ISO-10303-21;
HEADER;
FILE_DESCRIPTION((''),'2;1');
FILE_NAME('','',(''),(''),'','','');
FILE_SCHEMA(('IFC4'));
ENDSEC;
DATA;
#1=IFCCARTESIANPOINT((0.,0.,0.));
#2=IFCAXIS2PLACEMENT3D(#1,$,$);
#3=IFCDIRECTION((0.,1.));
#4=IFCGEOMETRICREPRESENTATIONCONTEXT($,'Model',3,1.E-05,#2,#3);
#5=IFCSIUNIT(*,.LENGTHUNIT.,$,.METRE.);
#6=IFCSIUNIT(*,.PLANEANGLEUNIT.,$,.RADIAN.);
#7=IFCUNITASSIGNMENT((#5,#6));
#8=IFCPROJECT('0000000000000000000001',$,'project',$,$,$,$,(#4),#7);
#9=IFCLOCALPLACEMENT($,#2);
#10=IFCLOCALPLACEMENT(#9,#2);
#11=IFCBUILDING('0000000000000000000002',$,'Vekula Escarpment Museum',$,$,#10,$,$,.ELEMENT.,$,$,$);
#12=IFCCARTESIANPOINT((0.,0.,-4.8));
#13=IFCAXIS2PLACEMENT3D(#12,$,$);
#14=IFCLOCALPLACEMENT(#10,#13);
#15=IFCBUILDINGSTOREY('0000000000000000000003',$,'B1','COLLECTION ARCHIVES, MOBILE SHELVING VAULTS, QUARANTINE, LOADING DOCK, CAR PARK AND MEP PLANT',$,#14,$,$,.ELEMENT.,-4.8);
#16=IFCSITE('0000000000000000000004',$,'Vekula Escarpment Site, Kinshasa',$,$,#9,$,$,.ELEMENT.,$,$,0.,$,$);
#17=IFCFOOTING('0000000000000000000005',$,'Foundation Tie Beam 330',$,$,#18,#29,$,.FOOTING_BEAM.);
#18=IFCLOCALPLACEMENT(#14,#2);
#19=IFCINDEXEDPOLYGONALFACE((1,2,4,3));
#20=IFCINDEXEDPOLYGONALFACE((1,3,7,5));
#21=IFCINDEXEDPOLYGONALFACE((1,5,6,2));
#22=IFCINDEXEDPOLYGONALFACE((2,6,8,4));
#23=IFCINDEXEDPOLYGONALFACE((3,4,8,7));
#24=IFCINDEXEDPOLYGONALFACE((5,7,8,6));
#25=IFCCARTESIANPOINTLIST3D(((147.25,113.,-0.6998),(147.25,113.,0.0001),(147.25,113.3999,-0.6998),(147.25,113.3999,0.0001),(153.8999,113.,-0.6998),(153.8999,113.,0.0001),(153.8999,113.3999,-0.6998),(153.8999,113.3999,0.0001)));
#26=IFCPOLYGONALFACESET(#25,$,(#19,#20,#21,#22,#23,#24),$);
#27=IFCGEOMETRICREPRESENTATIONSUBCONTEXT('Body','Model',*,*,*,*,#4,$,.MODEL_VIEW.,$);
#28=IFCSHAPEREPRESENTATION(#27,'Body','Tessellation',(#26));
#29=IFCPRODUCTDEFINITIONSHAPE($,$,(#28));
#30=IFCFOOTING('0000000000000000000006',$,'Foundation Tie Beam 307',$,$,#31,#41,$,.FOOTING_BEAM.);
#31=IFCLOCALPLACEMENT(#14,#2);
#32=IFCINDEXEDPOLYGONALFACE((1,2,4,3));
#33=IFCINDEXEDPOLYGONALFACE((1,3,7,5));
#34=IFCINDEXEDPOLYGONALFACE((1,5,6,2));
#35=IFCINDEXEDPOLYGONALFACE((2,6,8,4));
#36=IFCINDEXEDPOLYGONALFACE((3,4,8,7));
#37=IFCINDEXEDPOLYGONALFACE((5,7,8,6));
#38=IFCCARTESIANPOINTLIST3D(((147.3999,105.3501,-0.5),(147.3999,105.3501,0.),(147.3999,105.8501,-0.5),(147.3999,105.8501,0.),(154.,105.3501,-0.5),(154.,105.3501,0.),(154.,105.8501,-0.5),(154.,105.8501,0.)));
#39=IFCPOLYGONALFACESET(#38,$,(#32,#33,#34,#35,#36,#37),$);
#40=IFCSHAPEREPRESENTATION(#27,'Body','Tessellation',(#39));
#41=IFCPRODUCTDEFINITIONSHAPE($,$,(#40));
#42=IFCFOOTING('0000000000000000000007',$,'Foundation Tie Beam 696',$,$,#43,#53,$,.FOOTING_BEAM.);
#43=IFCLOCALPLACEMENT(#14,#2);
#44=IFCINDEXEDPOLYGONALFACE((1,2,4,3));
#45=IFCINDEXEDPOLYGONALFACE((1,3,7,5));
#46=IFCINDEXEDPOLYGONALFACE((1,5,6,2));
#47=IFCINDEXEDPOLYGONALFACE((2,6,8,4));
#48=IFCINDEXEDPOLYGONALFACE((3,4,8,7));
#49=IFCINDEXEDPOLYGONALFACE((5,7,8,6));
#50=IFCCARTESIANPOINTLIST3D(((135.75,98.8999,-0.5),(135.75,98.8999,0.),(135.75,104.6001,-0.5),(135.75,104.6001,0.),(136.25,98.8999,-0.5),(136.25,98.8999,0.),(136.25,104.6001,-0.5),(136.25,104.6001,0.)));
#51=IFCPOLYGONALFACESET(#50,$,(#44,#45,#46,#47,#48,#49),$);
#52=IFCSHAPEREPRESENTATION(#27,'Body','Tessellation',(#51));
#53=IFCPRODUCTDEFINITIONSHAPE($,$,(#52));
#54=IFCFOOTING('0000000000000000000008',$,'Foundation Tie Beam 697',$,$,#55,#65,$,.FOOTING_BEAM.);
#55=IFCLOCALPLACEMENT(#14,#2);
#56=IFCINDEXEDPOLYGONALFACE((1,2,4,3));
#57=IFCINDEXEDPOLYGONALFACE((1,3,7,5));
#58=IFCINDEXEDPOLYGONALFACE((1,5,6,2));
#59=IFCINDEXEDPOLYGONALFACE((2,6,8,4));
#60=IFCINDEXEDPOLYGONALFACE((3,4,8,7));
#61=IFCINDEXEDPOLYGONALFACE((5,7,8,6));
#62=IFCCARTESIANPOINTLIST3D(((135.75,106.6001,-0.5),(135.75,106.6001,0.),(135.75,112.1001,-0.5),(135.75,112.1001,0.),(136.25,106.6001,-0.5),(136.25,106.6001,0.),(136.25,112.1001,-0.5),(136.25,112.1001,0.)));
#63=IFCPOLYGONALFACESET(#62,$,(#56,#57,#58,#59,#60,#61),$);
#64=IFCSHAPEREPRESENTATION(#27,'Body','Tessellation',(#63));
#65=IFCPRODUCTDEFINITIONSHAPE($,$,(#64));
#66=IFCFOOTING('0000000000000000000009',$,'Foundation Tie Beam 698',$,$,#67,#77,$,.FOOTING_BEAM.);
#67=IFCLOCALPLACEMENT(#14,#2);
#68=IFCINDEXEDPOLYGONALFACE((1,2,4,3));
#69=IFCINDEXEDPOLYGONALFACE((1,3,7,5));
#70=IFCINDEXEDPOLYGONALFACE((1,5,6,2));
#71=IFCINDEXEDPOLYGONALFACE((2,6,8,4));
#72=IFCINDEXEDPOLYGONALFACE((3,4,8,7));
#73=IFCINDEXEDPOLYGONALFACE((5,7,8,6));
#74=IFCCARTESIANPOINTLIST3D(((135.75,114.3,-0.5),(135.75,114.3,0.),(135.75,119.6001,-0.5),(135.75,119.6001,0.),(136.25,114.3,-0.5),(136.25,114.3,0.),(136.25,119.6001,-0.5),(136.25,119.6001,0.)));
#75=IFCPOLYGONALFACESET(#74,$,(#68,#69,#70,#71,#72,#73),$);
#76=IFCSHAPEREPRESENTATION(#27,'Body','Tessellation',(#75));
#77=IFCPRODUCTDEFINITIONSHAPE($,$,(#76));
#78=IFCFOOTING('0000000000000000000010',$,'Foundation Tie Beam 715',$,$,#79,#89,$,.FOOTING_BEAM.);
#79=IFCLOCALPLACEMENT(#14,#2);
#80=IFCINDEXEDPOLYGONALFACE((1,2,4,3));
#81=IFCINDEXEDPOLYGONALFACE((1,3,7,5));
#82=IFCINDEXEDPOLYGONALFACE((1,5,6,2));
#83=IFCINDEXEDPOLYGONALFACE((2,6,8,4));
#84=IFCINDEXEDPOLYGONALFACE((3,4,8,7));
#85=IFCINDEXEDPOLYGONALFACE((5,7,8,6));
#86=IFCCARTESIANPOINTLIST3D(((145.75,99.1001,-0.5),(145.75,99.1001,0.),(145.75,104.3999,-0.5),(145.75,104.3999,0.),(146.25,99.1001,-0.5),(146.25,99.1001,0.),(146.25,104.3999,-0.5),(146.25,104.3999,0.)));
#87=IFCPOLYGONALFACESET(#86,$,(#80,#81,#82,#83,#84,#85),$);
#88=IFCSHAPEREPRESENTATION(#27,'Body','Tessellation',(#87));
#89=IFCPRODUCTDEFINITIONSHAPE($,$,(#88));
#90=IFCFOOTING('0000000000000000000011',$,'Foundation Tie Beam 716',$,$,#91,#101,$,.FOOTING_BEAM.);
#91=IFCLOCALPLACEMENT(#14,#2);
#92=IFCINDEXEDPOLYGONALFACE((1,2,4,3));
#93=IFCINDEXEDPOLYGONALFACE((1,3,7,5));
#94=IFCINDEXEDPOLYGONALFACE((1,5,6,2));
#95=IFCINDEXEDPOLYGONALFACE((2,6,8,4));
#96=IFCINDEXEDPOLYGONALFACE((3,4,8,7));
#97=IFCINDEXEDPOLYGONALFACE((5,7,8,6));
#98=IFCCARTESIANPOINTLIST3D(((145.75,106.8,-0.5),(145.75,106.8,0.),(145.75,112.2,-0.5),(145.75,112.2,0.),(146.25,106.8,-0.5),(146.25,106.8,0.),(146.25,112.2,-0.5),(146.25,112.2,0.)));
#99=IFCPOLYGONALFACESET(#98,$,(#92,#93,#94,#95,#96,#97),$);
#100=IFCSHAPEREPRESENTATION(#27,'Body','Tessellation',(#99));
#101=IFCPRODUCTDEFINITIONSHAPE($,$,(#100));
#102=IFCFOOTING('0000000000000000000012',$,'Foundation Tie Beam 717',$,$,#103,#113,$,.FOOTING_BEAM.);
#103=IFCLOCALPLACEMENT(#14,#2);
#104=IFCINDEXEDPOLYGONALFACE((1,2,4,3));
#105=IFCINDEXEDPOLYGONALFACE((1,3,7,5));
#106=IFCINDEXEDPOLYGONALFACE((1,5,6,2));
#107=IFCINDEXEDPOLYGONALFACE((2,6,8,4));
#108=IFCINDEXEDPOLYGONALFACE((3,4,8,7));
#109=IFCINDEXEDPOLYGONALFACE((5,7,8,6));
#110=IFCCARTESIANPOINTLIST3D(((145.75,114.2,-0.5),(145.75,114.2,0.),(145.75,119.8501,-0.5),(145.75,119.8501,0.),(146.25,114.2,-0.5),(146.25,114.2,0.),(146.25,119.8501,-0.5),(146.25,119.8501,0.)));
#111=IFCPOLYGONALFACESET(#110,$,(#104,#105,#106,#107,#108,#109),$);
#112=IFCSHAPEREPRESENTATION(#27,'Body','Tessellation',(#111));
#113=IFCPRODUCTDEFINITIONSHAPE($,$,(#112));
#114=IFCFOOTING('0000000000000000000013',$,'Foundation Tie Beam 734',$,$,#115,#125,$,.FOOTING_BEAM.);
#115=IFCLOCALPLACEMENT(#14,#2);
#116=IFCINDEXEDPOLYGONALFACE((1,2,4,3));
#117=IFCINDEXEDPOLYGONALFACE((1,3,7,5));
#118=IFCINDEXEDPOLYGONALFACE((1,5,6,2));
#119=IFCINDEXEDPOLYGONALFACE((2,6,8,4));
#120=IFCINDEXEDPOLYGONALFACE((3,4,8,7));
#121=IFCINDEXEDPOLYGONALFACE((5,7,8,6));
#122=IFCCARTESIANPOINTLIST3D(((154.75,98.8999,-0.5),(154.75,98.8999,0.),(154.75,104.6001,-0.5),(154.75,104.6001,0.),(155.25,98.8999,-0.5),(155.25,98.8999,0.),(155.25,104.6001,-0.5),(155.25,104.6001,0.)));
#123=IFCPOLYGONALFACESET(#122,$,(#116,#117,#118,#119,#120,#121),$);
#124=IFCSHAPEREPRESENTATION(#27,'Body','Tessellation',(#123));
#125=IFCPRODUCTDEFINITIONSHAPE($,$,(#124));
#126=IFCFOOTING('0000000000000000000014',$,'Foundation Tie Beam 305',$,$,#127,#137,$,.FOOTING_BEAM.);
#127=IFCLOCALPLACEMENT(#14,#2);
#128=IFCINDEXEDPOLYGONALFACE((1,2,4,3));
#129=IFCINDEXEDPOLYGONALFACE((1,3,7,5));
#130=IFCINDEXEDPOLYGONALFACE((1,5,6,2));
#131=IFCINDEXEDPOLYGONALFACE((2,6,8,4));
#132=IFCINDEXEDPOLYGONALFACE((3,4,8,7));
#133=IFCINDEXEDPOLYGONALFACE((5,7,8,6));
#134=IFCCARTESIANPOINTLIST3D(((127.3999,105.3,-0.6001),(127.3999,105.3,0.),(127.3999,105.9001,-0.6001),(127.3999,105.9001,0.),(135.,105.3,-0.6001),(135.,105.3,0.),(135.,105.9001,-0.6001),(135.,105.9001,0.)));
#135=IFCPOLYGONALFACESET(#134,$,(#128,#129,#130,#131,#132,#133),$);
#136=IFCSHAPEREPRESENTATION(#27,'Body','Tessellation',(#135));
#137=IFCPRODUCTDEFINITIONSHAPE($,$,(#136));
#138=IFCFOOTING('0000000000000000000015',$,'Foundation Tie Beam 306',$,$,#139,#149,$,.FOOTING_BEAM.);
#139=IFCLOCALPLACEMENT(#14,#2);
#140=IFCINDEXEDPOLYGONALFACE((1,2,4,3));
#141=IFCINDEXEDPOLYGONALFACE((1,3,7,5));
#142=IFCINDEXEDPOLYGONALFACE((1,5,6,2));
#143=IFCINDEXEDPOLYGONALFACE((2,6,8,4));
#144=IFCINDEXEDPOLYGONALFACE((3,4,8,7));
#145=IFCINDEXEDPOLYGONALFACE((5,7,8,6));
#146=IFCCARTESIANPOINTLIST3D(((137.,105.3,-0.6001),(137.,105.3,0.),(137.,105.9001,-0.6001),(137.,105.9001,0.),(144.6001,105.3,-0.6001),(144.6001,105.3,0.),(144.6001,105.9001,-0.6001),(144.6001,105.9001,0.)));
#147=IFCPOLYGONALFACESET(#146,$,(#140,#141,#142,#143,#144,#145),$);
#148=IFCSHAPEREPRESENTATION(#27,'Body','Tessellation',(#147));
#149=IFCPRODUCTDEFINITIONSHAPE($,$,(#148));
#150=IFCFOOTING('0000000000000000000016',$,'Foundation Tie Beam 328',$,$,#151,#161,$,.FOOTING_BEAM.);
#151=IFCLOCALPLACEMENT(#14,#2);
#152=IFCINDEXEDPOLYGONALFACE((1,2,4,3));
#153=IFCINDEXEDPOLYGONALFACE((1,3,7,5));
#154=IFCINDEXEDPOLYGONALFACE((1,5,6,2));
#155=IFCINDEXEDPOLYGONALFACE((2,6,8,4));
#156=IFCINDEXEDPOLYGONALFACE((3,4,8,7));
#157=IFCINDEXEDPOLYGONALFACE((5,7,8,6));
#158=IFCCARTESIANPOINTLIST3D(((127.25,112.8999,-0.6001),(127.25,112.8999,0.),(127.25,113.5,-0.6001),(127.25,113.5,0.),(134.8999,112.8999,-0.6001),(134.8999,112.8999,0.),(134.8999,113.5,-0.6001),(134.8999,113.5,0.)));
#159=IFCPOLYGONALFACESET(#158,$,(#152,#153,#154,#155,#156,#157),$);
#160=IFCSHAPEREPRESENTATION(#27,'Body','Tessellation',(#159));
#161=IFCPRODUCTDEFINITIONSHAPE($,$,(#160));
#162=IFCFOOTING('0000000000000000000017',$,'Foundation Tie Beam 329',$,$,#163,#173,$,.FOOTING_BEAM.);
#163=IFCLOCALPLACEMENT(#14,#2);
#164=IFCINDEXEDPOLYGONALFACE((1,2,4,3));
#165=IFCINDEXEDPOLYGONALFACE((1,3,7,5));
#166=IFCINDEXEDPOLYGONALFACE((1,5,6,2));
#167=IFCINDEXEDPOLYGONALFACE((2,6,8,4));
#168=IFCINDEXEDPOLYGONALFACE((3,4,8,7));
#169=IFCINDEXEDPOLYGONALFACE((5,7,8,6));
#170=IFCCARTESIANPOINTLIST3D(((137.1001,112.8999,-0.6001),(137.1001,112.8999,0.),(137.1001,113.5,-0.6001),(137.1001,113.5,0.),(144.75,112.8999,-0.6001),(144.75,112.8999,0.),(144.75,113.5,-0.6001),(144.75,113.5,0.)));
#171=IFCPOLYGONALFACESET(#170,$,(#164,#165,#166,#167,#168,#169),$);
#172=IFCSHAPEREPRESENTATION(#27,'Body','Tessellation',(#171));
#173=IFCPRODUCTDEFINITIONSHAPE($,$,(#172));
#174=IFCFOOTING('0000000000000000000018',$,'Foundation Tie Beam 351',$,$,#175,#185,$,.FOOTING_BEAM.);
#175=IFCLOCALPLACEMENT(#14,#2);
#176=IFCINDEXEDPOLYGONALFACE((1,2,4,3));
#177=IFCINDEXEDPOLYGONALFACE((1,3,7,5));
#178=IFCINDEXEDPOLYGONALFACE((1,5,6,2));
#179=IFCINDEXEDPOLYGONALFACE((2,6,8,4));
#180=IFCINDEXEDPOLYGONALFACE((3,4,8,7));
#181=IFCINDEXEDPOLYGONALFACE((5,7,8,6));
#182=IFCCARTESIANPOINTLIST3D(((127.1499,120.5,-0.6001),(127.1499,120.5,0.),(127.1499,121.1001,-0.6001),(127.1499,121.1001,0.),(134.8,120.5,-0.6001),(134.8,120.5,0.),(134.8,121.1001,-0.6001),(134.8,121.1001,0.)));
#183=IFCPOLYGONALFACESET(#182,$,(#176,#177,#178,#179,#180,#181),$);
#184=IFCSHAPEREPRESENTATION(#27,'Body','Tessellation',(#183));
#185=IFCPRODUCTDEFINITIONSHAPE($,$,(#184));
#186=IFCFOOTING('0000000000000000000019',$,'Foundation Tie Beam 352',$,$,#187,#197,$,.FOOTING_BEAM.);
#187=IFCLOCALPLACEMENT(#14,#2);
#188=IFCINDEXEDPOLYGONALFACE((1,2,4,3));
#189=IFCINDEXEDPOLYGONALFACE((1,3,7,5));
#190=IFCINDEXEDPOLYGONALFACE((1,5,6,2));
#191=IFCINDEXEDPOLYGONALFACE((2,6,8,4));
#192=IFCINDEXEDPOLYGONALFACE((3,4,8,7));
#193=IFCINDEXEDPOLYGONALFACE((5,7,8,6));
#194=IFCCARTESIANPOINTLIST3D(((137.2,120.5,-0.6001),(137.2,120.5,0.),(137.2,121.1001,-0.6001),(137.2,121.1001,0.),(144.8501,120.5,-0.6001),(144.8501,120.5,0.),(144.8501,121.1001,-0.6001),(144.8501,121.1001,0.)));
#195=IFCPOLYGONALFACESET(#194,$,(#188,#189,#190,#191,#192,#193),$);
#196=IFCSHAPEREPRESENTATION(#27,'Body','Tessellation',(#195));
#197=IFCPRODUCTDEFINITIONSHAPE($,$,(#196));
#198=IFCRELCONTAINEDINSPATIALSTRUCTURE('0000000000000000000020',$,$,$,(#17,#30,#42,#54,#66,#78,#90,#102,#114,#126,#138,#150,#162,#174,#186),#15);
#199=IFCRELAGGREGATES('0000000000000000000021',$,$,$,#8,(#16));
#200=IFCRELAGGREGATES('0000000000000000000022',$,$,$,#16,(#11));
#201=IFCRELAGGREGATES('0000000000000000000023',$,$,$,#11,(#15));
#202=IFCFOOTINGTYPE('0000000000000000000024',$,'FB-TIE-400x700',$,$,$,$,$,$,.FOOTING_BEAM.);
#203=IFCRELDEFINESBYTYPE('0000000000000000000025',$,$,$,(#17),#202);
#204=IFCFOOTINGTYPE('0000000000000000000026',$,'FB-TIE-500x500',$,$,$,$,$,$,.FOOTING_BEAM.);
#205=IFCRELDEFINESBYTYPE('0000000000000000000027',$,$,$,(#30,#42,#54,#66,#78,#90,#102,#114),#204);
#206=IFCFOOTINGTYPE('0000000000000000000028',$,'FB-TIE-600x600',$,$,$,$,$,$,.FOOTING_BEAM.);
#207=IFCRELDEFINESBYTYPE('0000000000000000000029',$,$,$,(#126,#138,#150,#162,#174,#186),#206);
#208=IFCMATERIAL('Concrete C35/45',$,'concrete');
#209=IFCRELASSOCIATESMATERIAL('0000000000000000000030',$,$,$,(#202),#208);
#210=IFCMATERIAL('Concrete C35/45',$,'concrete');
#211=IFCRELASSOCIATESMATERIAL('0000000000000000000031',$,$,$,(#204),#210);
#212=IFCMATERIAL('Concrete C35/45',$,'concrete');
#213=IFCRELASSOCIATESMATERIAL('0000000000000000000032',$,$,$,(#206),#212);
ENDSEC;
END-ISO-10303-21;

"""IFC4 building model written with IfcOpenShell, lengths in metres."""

from ifc_helpers import new_model, si_unit, direction, frame, origin, origin_2d, place, context, subcontext, project, spatial, rectangle, extrude, material, material_profile, profile_set, type_object, element, save


model = new_model("IFC4")

# Units and contexts
model_context = context("Model", 3, precision=1e-05, world=origin(), true_north=direction((0.0, 1.0)))
body_context = subcontext(model_context, "Body", "Model", "MODEL_VIEW")
ifc_project = project(units=[si_unit("LENGTHUNIT", "METRE"), si_unit("PLANEANGLEUNIT", "RADIAN")], contexts=[model_context])

# Site, building, storey
site_placement = place(None, origin())
site = spatial("IfcSite", under=ifc_project, at=site_placement, Name="Vekula Escarpment Site, Kinshasa", CompositionType="ELEMENT", RefElevation=0.0)
building_placement = place(site_placement, origin())
building = spatial("IfcBuilding", under=site, at=building_placement, Name="Vekula Escarpment Museum", CompositionType="ELEMENT")
storey_placement = place(building_placement, frame((0.0, 0.0, -4.8)))
storey = spatial("IfcBuildingStorey", under=building, at=storey_placement, Name="B1", Description="COLLECTION ARCHIVES, MOBILE SHELVING VAULTS, QUARANTINE, LOADING DOCK, CAR PARK AND MEP PLANT", CompositionType="ELEMENT", Elevation=-4.8)

# Footings
ifc_material_1 = material(Name="Concrete C35/45", Category="concrete")
ifc_material_profile_1 = material_profile(ifc_material_1, rectangle(XDim=0.3999, YDim=0.7, at=origin_2d()), Name="RC 400x700")
ifc_profile_set_1 = profile_set([ifc_material_profile_1], Name="Concrete C35/45")
footing_type_1 = type_object("IfcFootingType", Name="FB-TIE-400x700", PredefinedType="FOOTING_BEAM", material=ifc_profile_set_1)
footing_1_placement = place(storey_placement, frame((147.25, 113.2, -0.3499), z_axis=(1.0, 0.0, 0.0), x_axis=(0.0, 1.0, 0.0)))
element("IfcFooting", 1, at=footing_1_placement, inside=storey, type_object=footing_type_1, Name="Foundation Tie Beam 330", PredefinedType="FOOTING_BEAM", context=body_context, shape_type="SweptSolid", body=[
    extrude(rectangle(XDim=0.3999, YDim=0.7, at=origin_2d()), origin(), (0.0, 0.0, 1.0), 6.6499),
])
ifc_material_2 = material(Name="Concrete C35/45", Category="concrete")
ifc_material_profile_2 = material_profile(ifc_material_2, rectangle(XDim=0.5, YDim=0.5, at=origin_2d()), Name="RC 500x500")
ifc_profile_set_2 = profile_set([ifc_material_profile_2], Name="Concrete C35/45")
footing_type_2 = type_object("IfcFootingType", Name="FB-TIE-500x500", PredefinedType="FOOTING_BEAM", material=ifc_profile_set_2)
footing_2_placement = place(storey_placement, frame((147.3999, 105.6001, -0.25), z_axis=(1.0, 0.0, 0.0), x_axis=(0.0, 1.0, 0.0)))
element("IfcFooting", 2, at=footing_2_placement, inside=storey, type_object=footing_type_2, Name="Foundation Tie Beam 307", PredefinedType="FOOTING_BEAM", context=body_context, shape_type="SweptSolid", body=[
    extrude(rectangle(XDim=0.5, YDim=0.5, at=origin_2d()), origin(), (0.0, 0.0, 1.0), 6.6001),
])
footing_3_placement = place(storey_placement, frame((136.0, 98.8999, -0.25), z_axis=(0.0, 1.0, 0.0), x_axis=(-1.0, 0.0, 0.0)))
element("IfcFooting", 3, at=footing_3_placement, inside=storey, type_object=footing_type_2, Name="Foundation Tie Beam 696", PredefinedType="FOOTING_BEAM", context=body_context, shape_type="SweptSolid", body=[
    extrude(rectangle(XDim=0.5, YDim=0.5, at=origin_2d()), origin(), (0.0, 0.0, 1.0), 5.7002),
])
footing_4_placement = place(storey_placement, frame((136.0, 106.6001, -0.25), z_axis=(0.0, 1.0, 0.0), x_axis=(-1.0, 0.0, 0.0)))
element("IfcFooting", 4, at=footing_4_placement, inside=storey, type_object=footing_type_2, Name="Foundation Tie Beam 697", PredefinedType="FOOTING_BEAM", context=body_context, shape_type="SweptSolid", body=[
    extrude(rectangle(XDim=0.5, YDim=0.5, at=origin_2d()), origin(), (0.0, 0.0, 1.0), 5.5),
])
footing_5_placement = place(storey_placement, frame((136.0, 114.3, -0.25), z_axis=(0.0, 1.0, 0.0), x_axis=(-1.0, 0.0, 0.0)))
element("IfcFooting", 5, at=footing_5_placement, inside=storey, type_object=footing_type_2, Name="Foundation Tie Beam 698", PredefinedType="FOOTING_BEAM", context=body_context, shape_type="SweptSolid", body=[
    extrude(rectangle(XDim=0.5, YDim=0.5, at=origin_2d()), origin(), (0.0, 0.0, 1.0), 5.3),
])
footing_6_placement = place(storey_placement, frame((146.0, 99.1001, -0.25), z_axis=(0.0, 1.0, 0.0), x_axis=(-1.0, 0.0, 0.0)))
element("IfcFooting", 6, at=footing_6_placement, inside=storey, type_object=footing_type_2, Name="Foundation Tie Beam 715", PredefinedType="FOOTING_BEAM", context=body_context, shape_type="SweptSolid", body=[
    extrude(rectangle(XDim=0.5, YDim=0.5, at=origin_2d()), origin(), (0.0, 0.0, 1.0), 5.2998),
])
footing_7_placement = place(storey_placement, frame((146.0, 106.8, -0.25), z_axis=(0.0, 1.0, 0.0), x_axis=(-1.0, 0.0, 0.0)))
element("IfcFooting", 7, at=footing_7_placement, inside=storey, type_object=footing_type_2, Name="Foundation Tie Beam 716", PredefinedType="FOOTING_BEAM", context=body_context, shape_type="SweptSolid", body=[
    extrude(rectangle(XDim=0.5, YDim=0.5, at=origin_2d()), origin(), (0.0, 0.0, 1.0), 5.3999),
])
footing_8_placement = place(storey_placement, frame((146.0, 114.2, -0.25), z_axis=(0.0, 1.0, 0.0), x_axis=(-1.0, 0.0, 0.0)))
element("IfcFooting", 8, at=footing_8_placement, inside=storey, type_object=footing_type_2, Name="Foundation Tie Beam 717", PredefinedType="FOOTING_BEAM", context=body_context, shape_type="SweptSolid", body=[
    extrude(rectangle(XDim=0.5, YDim=0.5, at=origin_2d()), origin(), (0.0, 0.0, 1.0), 5.6501),
])
footing_9_placement = place(storey_placement, frame((155.0, 98.8999, -0.25), z_axis=(0.0, 1.0, 0.0), x_axis=(-1.0, 0.0, 0.0)))
element("IfcFooting", 9, at=footing_9_placement, inside=storey, type_object=footing_type_2, Name="Foundation Tie Beam 734", PredefinedType="FOOTING_BEAM", context=body_context, shape_type="SweptSolid", body=[
    extrude(rectangle(XDim=0.5, YDim=0.5, at=origin_2d()), origin(), (0.0, 0.0, 1.0), 5.7002),
])
ifc_material_3 = material(Name="Concrete C35/45", Category="concrete")
ifc_material_profile_3 = material_profile(ifc_material_3, rectangle(XDim=0.6001, YDim=0.6001, at=origin_2d()), Name="RC 600x600")
ifc_profile_set_3 = profile_set([ifc_material_profile_3], Name="Concrete C35/45")
footing_type_3 = type_object("IfcFootingType", Name="FB-TIE-600x600", PredefinedType="FOOTING_BEAM", material=ifc_profile_set_3)
for number, where, z_axis, x_axis, name in (
    (10, (127.3999, 105.6001, -0.3), (1.0, 0.0, 0.0), (0.0, 1.0, 0.0), "Foundation Tie Beam 305"),
    (11, (137.0, 105.6001, -0.3), (1.0, 0.0, 0.0), (0.0, 1.0, 0.0), "Foundation Tie Beam 306"),
):
    element("IfcFooting", number, at=place(storey_placement, frame(where, z_axis=z_axis, x_axis=x_axis)), inside=storey, type_object=footing_type_3, Name=name, PredefinedType="FOOTING_BEAM", context=body_context, shape_type="SweptSolid", body=[
        extrude(rectangle(XDim=0.6001, YDim=0.6001, at=origin_2d()), origin(), (0.0, 0.0, 1.0), 7.6001),
    ])
for number, where, z_axis, x_axis, name in (
    (12, (127.25, 113.2, -0.3), (1.0, 0.0, 0.0), (0.0, 1.0, 0.0), "Foundation Tie Beam 328"),
    (13, (137.1001, 113.2, -0.3), (1.0, 0.0, 0.0), (0.0, 1.0, 0.0), "Foundation Tie Beam 329"),
):
    element("IfcFooting", number, at=place(storey_placement, frame(where, z_axis=z_axis, x_axis=x_axis)), inside=storey, type_object=footing_type_3, Name=name, PredefinedType="FOOTING_BEAM", context=body_context, shape_type="SweptSolid", body=[
        extrude(rectangle(XDim=0.6001, YDim=0.6001, at=origin_2d()), origin(), (0.0, 0.0, 1.0), 7.6499),
    ])
for number, where, z_axis, x_axis, name in (
    (14, (127.1499, 120.8, -0.3), (1.0, 0.0, 0.0), (0.0, 1.0, 0.0), "Foundation Tie Beam 351"),
    (15, (137.2, 120.8, -0.3), (1.0, 0.0, 0.0), (0.0, 1.0, 0.0), "Foundation Tie Beam 352"),
):
    element("IfcFooting", number, at=place(storey_placement, frame(where, z_axis=z_axis, x_axis=x_axis)), inside=storey, type_object=footing_type_3, Name=name, PredefinedType="FOOTING_BEAM", context=body_context, shape_type="SweptSolid", body=[
        extrude(rectangle(XDim=0.6001, YDim=0.6001, at=origin_2d()), origin(), (0.0, 0.0, 1.0), 7.6501),
    ])

save(model, "model.ifc")
